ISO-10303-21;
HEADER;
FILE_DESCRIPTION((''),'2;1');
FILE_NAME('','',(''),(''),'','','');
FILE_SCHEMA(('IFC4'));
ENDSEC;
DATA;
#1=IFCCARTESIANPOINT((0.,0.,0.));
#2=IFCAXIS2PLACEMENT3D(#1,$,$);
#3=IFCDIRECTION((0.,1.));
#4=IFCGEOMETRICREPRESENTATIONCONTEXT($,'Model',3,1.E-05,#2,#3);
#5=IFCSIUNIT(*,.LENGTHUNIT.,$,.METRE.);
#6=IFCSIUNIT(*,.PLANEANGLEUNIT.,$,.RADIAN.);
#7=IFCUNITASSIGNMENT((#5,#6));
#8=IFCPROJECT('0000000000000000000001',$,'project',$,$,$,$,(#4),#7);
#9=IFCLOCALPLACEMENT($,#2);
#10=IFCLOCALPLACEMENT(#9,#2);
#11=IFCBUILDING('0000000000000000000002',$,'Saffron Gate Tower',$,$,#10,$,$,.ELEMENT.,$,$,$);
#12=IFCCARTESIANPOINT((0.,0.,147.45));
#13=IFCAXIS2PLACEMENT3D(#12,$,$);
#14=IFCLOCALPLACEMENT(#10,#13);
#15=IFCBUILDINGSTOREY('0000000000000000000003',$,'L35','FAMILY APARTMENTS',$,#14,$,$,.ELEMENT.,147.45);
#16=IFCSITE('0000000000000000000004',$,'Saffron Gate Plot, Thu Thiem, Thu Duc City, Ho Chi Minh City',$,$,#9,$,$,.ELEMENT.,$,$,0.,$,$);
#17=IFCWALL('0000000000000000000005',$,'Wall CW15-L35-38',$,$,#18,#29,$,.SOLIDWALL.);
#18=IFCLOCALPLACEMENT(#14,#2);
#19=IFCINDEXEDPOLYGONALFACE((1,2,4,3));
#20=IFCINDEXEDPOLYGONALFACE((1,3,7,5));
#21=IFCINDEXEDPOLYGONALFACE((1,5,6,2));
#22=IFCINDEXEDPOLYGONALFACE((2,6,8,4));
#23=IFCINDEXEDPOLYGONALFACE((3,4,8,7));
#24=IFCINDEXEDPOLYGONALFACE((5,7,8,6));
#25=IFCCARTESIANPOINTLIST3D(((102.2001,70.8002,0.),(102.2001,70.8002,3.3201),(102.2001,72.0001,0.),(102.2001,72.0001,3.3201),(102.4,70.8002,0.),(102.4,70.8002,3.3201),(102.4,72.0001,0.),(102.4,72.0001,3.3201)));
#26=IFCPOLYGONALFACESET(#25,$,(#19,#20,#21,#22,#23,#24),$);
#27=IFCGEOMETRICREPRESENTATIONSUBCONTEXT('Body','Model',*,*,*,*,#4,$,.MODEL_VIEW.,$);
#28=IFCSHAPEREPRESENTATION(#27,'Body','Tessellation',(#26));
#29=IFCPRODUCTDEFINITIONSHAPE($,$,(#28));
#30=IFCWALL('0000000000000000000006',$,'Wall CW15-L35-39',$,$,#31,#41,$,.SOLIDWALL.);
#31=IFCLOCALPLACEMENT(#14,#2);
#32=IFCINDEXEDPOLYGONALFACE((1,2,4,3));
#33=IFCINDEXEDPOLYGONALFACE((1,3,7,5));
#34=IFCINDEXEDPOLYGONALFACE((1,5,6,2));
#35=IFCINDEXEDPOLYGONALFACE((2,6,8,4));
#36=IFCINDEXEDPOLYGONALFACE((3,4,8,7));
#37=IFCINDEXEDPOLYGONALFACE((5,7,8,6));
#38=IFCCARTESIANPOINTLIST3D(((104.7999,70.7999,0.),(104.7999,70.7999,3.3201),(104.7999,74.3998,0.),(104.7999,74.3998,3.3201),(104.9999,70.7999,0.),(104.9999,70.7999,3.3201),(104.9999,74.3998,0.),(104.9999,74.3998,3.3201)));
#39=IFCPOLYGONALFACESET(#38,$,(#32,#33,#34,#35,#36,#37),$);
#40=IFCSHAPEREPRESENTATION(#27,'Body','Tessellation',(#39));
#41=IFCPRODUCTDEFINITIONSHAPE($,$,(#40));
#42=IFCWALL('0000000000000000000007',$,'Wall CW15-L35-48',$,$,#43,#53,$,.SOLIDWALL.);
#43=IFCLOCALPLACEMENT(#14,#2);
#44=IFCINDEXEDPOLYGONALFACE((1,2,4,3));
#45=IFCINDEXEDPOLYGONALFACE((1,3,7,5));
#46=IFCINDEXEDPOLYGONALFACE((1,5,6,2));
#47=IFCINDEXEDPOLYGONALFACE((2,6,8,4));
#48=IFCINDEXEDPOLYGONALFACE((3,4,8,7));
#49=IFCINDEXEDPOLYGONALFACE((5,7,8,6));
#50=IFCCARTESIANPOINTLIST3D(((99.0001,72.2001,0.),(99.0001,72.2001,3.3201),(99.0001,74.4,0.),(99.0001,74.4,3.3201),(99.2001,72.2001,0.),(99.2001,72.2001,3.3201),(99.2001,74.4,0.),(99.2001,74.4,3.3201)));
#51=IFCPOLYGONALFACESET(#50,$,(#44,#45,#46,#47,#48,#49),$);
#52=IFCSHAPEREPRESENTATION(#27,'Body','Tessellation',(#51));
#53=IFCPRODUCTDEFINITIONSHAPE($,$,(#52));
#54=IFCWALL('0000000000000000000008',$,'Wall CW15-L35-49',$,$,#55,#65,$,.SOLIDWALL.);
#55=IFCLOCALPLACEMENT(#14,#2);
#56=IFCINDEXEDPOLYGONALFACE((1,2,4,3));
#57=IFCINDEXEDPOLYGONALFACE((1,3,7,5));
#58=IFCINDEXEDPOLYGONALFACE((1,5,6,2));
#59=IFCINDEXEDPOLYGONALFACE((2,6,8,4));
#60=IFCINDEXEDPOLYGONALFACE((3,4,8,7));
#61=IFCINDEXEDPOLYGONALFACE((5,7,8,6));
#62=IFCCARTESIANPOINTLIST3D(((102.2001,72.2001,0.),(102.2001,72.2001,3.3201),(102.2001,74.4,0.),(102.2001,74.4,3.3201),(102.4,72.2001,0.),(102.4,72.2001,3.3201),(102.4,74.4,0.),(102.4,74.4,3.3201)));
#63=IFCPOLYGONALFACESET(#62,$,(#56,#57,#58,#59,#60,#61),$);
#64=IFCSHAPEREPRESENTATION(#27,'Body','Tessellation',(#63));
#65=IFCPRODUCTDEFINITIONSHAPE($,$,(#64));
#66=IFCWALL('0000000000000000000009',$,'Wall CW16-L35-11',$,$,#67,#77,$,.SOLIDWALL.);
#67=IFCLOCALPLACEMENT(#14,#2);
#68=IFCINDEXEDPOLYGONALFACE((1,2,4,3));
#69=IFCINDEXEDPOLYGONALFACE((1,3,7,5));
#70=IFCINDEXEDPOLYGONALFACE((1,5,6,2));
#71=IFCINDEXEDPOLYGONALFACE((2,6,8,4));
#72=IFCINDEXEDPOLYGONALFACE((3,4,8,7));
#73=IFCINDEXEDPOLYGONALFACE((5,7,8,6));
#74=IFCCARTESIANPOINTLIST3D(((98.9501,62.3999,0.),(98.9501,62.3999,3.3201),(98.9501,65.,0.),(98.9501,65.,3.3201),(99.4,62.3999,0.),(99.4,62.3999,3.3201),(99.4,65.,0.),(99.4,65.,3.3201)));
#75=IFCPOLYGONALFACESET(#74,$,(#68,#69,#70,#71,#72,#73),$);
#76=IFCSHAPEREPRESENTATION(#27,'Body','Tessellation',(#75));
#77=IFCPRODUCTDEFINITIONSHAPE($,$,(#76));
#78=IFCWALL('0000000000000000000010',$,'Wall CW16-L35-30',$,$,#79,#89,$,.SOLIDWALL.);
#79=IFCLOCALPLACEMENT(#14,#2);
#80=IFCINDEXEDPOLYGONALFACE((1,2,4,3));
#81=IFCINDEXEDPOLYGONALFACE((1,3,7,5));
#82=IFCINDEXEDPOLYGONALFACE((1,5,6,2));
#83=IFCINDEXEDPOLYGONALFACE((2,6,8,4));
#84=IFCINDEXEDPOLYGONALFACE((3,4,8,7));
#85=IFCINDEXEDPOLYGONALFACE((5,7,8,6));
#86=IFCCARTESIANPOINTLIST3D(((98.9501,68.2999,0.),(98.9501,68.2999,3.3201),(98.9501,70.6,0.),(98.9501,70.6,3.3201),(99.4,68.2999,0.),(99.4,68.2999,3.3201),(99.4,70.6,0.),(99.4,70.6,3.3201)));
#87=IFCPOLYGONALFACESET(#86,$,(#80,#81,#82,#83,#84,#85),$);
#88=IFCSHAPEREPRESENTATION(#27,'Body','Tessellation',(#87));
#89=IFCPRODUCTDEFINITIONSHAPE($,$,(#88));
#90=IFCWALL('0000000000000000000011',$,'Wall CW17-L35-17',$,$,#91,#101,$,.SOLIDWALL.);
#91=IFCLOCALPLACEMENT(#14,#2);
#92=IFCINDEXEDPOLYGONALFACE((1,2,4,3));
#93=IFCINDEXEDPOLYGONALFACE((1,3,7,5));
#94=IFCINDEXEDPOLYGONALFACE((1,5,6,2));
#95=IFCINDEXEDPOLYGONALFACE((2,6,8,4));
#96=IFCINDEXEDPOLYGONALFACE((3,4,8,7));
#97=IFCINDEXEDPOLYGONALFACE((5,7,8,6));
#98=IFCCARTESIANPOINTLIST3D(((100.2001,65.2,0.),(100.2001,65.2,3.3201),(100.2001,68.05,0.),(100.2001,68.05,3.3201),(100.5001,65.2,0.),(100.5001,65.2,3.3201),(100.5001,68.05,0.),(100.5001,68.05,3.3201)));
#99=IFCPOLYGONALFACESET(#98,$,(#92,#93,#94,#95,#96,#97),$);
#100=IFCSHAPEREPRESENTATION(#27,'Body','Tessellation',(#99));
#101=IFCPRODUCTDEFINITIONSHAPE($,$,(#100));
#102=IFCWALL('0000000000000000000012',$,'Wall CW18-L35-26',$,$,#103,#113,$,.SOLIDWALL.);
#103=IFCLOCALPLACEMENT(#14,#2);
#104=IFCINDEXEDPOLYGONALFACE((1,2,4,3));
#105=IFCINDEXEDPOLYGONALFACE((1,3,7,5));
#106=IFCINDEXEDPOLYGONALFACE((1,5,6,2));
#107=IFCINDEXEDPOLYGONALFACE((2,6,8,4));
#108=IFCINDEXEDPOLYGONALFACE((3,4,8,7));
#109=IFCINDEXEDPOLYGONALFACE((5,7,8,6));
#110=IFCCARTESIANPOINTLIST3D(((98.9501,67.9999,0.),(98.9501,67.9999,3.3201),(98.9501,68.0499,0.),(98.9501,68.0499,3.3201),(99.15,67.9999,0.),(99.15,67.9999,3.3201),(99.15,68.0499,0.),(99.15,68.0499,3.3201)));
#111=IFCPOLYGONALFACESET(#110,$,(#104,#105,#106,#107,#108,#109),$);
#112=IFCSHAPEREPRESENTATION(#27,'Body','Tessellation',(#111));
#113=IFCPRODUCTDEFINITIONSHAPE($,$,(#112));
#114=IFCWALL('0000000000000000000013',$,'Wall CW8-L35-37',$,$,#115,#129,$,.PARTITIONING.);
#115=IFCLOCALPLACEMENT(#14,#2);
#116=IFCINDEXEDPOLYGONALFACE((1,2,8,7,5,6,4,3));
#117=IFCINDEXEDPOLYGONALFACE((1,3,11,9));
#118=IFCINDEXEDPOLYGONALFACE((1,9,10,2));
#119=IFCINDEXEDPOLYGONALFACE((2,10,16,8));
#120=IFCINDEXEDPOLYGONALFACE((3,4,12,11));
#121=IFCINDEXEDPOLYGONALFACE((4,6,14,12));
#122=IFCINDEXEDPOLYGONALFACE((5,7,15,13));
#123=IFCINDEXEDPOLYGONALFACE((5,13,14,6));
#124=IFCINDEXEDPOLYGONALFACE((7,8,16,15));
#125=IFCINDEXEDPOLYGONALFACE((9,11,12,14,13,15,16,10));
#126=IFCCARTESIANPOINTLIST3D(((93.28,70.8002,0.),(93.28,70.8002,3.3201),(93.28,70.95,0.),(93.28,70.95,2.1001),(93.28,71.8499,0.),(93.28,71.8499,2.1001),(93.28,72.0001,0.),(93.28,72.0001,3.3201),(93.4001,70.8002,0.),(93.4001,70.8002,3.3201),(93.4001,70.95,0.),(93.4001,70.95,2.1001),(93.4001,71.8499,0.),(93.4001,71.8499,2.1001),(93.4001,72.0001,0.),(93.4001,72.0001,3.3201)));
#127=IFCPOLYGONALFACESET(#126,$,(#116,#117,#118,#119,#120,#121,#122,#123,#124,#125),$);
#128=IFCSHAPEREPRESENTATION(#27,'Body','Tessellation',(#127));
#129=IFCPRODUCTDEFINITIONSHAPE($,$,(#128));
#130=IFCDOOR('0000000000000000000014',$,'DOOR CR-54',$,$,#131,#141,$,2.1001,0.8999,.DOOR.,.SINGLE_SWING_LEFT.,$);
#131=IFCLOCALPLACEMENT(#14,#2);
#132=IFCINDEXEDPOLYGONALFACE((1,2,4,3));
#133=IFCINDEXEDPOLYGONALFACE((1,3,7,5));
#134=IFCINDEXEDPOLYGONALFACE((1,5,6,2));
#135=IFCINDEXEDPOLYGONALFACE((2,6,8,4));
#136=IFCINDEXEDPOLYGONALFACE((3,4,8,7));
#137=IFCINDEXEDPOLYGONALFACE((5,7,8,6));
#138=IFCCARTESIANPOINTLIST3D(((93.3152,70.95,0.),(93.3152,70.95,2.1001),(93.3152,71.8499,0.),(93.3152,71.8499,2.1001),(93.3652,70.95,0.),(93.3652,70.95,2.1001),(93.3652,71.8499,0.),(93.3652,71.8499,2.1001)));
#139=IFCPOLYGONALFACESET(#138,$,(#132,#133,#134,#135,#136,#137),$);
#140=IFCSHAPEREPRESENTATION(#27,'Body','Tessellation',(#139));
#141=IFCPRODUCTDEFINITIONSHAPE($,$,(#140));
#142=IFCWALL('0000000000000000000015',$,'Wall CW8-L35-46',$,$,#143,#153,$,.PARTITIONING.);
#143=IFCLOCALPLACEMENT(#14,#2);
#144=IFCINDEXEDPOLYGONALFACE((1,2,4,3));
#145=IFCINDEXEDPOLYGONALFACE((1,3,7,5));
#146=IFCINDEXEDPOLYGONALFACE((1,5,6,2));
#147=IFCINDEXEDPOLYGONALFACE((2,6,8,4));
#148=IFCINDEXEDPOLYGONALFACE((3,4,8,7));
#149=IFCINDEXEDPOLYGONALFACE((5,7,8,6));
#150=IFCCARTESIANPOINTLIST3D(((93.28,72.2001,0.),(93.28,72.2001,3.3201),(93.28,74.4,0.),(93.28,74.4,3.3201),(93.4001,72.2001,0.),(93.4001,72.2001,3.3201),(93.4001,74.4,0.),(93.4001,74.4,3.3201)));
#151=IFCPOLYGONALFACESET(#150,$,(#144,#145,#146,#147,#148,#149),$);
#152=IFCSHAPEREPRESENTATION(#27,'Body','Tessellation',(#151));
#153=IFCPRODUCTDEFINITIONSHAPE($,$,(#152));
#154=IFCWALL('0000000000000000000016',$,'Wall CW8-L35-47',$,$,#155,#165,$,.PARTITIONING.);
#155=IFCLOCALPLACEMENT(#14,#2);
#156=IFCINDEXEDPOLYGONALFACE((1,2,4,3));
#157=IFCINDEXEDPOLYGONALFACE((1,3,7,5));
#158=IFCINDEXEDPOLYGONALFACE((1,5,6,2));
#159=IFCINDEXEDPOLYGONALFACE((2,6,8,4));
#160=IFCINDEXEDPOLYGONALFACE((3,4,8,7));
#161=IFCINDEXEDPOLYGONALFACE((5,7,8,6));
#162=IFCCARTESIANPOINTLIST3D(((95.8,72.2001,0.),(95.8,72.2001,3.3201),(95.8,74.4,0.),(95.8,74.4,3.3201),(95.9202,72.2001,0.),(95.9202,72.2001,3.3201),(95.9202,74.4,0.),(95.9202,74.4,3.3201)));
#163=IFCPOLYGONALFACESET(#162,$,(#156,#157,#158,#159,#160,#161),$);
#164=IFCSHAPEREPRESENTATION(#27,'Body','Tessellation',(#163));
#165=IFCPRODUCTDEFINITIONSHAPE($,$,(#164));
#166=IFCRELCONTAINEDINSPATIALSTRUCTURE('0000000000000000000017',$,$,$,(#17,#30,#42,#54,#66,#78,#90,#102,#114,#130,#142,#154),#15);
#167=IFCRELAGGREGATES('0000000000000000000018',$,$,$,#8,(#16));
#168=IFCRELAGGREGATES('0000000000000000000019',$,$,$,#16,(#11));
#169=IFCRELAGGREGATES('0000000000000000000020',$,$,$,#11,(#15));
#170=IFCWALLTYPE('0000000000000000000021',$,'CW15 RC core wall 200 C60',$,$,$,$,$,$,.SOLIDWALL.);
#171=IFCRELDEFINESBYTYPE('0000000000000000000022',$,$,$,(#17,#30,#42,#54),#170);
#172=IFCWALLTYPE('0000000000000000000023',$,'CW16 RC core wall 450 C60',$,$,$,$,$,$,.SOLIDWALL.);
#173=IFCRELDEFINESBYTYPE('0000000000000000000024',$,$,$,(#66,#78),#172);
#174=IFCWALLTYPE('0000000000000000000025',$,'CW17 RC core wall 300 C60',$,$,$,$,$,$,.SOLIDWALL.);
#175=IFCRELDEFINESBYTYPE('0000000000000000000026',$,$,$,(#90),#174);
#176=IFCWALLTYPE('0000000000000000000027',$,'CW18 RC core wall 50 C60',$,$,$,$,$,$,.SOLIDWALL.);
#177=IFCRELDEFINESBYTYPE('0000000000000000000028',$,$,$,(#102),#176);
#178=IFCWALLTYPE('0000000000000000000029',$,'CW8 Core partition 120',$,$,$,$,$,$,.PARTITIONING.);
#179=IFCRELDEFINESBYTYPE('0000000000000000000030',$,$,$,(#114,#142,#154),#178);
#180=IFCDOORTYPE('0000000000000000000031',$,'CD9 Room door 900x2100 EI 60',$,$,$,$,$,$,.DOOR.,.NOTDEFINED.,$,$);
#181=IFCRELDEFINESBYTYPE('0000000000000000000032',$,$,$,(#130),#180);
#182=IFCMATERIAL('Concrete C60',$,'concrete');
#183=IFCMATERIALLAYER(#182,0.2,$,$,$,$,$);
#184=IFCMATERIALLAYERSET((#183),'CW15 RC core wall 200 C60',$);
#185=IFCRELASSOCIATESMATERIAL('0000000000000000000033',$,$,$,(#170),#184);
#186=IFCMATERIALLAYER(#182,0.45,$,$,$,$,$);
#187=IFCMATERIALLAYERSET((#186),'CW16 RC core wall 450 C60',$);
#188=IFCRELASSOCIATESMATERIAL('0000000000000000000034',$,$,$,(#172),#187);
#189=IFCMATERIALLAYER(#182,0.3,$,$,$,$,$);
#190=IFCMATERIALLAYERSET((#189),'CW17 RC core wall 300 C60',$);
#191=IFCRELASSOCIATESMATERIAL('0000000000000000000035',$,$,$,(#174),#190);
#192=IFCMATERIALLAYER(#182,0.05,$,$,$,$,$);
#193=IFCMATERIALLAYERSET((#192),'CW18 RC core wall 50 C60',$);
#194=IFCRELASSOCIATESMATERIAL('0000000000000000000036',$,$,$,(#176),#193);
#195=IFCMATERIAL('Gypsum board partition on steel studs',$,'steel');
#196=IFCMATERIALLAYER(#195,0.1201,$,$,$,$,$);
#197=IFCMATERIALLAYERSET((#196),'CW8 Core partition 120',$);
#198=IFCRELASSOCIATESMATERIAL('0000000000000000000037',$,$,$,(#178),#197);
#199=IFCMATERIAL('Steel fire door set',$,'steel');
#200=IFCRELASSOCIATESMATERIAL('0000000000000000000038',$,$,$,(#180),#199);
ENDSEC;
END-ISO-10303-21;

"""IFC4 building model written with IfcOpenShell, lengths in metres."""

from ifc_helpers import new_model, si_unit, direction, frame, frame_2d, origin, place, context, subcontext, project, spatial, rectangle, extrude, material, layer, layer_set, type_object, element, fill, save


model = new_model("IFC4")

# Units and contexts
model_context = context("Model", 3, precision=1e-05, world=origin(), true_north=direction((0.0, 1.0)))
body_context = subcontext(model_context, "Body", "Model", "MODEL_VIEW")
ifc_project = project(units=[si_unit("LENGTHUNIT", "METRE"), si_unit("PLANEANGLEUNIT", "RADIAN")], contexts=[model_context])

# Site, building, storey
site_placement = place(None, origin())
site = spatial("IfcSite", under=ifc_project, at=site_placement, Name="Saffron Gate Plot, Thu Thiem, Thu Duc City, Ho Chi Minh City", CompositionType="ELEMENT", RefElevation=0.0)
building_placement = place(site_placement, origin())
building = spatial("IfcBuilding", under=site, at=building_placement, Name="Saffron Gate Tower", CompositionType="ELEMENT")
storey_placement = place(building_placement, frame((0.0, 0.0, 147.45)))
storey = spatial("IfcBuildingStorey", under=building, at=storey_placement, Name="L35", Description="FAMILY APARTMENTS", CompositionType="ELEMENT", Elevation=147.45)

# Shared definitions
ifc_material_1 = material(Name="Concrete C60", Category="concrete")
ifc_material_2 = material(Name="Steel fire door set", Category="steel")

# Walls
ifc_layer_1 = layer(ifc_material_1, 0.2)
ifc_layer_set_1 = layer_set([ifc_layer_1], Name="CW15 RC core wall 200 C60")
wall_type_1 = type_object("IfcWallType", Name="CW15 RC core wall 200 C60", PredefinedType="SOLIDWALL", material=ifc_layer_set_1)
wall_1_placement = place(storey_placement, frame((102.3, 70.8, 0.0), z_axis=(0.0, 0.0, 1.0), x_axis=(0.0, 1.0, 0.0)))
element("IfcWall", 1, at=wall_1_placement, inside=storey, type_object=wall_type_1, Name="Wall CW15-L35-38", PredefinedType="SOLIDWALL", context=body_context, shape_type="SweptSolid", body=[
    extrude(rectangle(XDim=1.2, YDim=0.2, at=frame_2d((0.6001, 0.0))), origin(), (0.0, 0.0, 1.0), 3.3201),
])
wall_2_placement = place(storey_placement, frame((104.8999, 70.8, 0.0), z_axis=(0.0, 0.0, 1.0), x_axis=(0.0, 1.0, 0.0)))
element("IfcWall", 2, at=wall_2_placement, inside=storey, type_object=wall_type_1, Name="Wall CW15-L35-39", PredefinedType="SOLIDWALL", context=body_context, shape_type="SweptSolid", body=[
    extrude(rectangle(XDim=3.5999, YDim=0.2, at=frame_2d((1.7998, 0.0))), origin(), (0.0, 0.0, 1.0), 3.3201),
])
for number, where, z_axis, x_axis, name in (
    (3, (99.1001, 72.2, 0.0), (0.0, 0.0, 1.0), (0.0, 1.0, 0.0), "Wall CW15-L35-48"),
    (4, (102.3, 72.2, 0.0), (0.0, 0.0, 1.0), (0.0, 1.0, 0.0), "Wall CW15-L35-49"),
):
    element("IfcWall", number, at=place(storey_placement, frame(where, z_axis=z_axis, x_axis=x_axis)), inside=storey, type_object=wall_type_1, Name=name, PredefinedType="SOLIDWALL", context=body_context, shape_type="SweptSolid", body=[
        extrude(rectangle(XDim=2.2, YDim=0.2, at=frame_2d((1.1001, 0.0))), origin(), (0.0, 0.0, 1.0), 3.3201),
    ])
ifc_layer_2 = layer(ifc_material_1, 0.45)
ifc_layer_set_2 = layer_set([ifc_layer_2], Name="CW16 RC core wall 450 C60")
wall_type_2 = type_object("IfcWallType", Name="CW16 RC core wall 450 C60", PredefinedType="SOLIDWALL", material=ifc_layer_set_2)
wall_3_placement = place(storey_placement, frame((99.175, 62.3999, 0.0), z_axis=(0.0, 0.0, 1.0), x_axis=(0.0, 1.0, 0.0)))
element("IfcWall", 5, at=wall_3_placement, inside=storey, type_object=wall_type_2, Name="Wall CW16-L35-11", PredefinedType="SOLIDWALL", context=body_context, shape_type="SweptSolid", body=[
    extrude(rectangle(XDim=2.6001, YDim=0.45, at=frame_2d((1.3, 0.0))), origin(), (0.0, 0.0, 1.0), 3.3201),
])
wall_4_placement = place(storey_placement, frame((99.175, 68.3, 0.0), z_axis=(0.0, 0.0, 1.0), x_axis=(0.0, 1.0, 0.0)))
element("IfcWall", 6, at=wall_4_placement, inside=storey, type_object=wall_type_2, Name="Wall CW16-L35-30", PredefinedType="SOLIDWALL", context=body_context, shape_type="SweptSolid", body=[
    extrude(rectangle(XDim=2.3, YDim=0.45, at=frame_2d((1.1499, 0.0))), origin(), (0.0, 0.0, 1.0), 3.3201),
])
ifc_layer_3 = layer(ifc_material_1, 0.3)
ifc_layer_set_3 = layer_set([ifc_layer_3], Name="CW17 RC core wall 300 C60")
wall_type_3 = type_object("IfcWallType", Name="CW17 RC core wall 300 C60", PredefinedType="SOLIDWALL", material=ifc_layer_set_3)
wall_5_placement = place(storey_placement, frame((100.3501, 65.2, 0.0), z_axis=(0.0, 0.0, 1.0), x_axis=(0.0, 1.0, 0.0)))
element("IfcWall", 7, at=wall_5_placement, inside=storey, type_object=wall_type_3, Name="Wall CW17-L35-17", PredefinedType="SOLIDWALL", context=body_context, shape_type="SweptSolid", body=[
    extrude(rectangle(XDim=2.8501, YDim=0.3, at=frame_2d((1.425, 0.0))), origin(), (0.0, 0.0, 1.0), 3.3201),
])
ifc_layer_4 = layer(ifc_material_1, 0.05)
ifc_layer_set_4 = layer_set([ifc_layer_4], Name="CW18 RC core wall 50 C60")
wall_type_4 = type_object("IfcWallType", Name="CW18 RC core wall 50 C60", PredefinedType="SOLIDWALL", material=ifc_layer_set_4)
wall_6_placement = place(storey_placement, frame((98.95, 68.0249, 0.0), z_axis=(0.0, 0.0, 1.0), x_axis=(1.0, 0.0, 0.0)))
element("IfcWall", 8, at=wall_6_placement, inside=storey, type_object=wall_type_4, Name="Wall CW18-L35-26", PredefinedType="SOLIDWALL", context=body_context, shape_type="SweptSolid", body=[
    extrude(rectangle(XDim=0.2, YDim=0.05, at=frame_2d((0.1001, 0.0))), origin(), (0.0, 0.0, 1.0), 3.3201),
])

# Wall, opening, door
ifc_material_3 = material(Name="Gypsum board partition on steel studs", Category="steel")
ifc_layer_5 = layer(ifc_material_3, 0.1201)
ifc_layer_set_5 = layer_set([ifc_layer_5], Name="CW8 Core partition 120")
wall_type_5 = type_object("IfcWallType", Name="CW8 Core partition 120", PredefinedType="PARTITIONING", material=ifc_layer_set_5)
wall_7_placement = place(storey_placement, frame((93.3401, 70.8, 0.0), z_axis=(0.0, 0.0, 1.0), x_axis=(0.0, 1.0, 0.0)))
wall_7 = element("IfcWall", 9, at=wall_7_placement, inside=storey, type_object=wall_type_5, Name="Wall CW8-L35-37", PredefinedType="PARTITIONING", context=body_context, shape_type="SweptSolid", body=[
    extrude(rectangle(XDim=1.2, YDim=0.1201, at=frame_2d((0.6001, 0.0))), origin(), (0.0, 0.0, 1.0), 3.3201),
])
opening_1_placement = place(wall_7_placement, frame((0.1499, 0.0, 0.0)))
opening_1 = element("IfcOpeningElement", 10, at=opening_1_placement, cuts=wall_7, PredefinedType="OPENING", context=body_context, shape_type="SweptSolid", body=[
    extrude(rectangle(XDim=0.8999, YDim=2.1001, at=frame_2d((0.45, 1.05))), frame((0.0, 0.0701, 0.0), z_axis=(0.0, -1.0, 0.0), x_axis=(1.0, 0.0, 0.0)), (0.0, 0.0, 1.0), 0.1401),
])
door_type_1 = type_object("IfcDoorType", Name="CD9 Room door 900x2100 EI 60", OperationType="NOTDEFINED", PredefinedType="DOOR", material=ifc_material_2)
door_1_placement = place(opening_1_placement, origin())
door_1 = element("IfcDoor", 11, at=door_1_placement, inside=storey, type_object=door_type_1, Name="DOOR CR-54", OperationType="SINGLE_SWING_LEFT", OverallHeight=2.1001, OverallWidth=0.8999, PredefinedType="DOOR", context=body_context, shape_type="SweptSolid", body=[
    extrude(rectangle(XDim=0.8999, YDim=2.1001, at=frame_2d((0.45, 1.05))), frame((0.0, 0.0249, 0.0), z_axis=(0.0, -1.0, 0.0), x_axis=(1.0, 0.0, 0.0)), (0.0, 0.0, 1.0), 0.05),
])
fill(opening_1, door_1)

# Walls
for number, where, z_axis, x_axis, name in (
    (12, (93.3401, 72.2, 0.0), (0.0, 0.0, 1.0), (0.0, 1.0, 0.0), "Wall CW8-L35-46"),
    (13, (95.8601, 72.2, 0.0), (0.0, 0.0, 1.0), (0.0, 1.0, 0.0), "Wall CW8-L35-47"),
):
    element("IfcWall", number, at=place(storey_placement, frame(where, z_axis=z_axis, x_axis=x_axis)), inside=storey, type_object=wall_type_5, Name=name, PredefinedType="PARTITIONING", context=body_context, shape_type="SweptSolid", body=[
        extrude(rectangle(XDim=2.2, YDim=0.1201, at=frame_2d((1.1001, 0.0))), origin(), (0.0, 0.0, 1.0), 3.3201),
    ])

save(model, "model.ifc")
